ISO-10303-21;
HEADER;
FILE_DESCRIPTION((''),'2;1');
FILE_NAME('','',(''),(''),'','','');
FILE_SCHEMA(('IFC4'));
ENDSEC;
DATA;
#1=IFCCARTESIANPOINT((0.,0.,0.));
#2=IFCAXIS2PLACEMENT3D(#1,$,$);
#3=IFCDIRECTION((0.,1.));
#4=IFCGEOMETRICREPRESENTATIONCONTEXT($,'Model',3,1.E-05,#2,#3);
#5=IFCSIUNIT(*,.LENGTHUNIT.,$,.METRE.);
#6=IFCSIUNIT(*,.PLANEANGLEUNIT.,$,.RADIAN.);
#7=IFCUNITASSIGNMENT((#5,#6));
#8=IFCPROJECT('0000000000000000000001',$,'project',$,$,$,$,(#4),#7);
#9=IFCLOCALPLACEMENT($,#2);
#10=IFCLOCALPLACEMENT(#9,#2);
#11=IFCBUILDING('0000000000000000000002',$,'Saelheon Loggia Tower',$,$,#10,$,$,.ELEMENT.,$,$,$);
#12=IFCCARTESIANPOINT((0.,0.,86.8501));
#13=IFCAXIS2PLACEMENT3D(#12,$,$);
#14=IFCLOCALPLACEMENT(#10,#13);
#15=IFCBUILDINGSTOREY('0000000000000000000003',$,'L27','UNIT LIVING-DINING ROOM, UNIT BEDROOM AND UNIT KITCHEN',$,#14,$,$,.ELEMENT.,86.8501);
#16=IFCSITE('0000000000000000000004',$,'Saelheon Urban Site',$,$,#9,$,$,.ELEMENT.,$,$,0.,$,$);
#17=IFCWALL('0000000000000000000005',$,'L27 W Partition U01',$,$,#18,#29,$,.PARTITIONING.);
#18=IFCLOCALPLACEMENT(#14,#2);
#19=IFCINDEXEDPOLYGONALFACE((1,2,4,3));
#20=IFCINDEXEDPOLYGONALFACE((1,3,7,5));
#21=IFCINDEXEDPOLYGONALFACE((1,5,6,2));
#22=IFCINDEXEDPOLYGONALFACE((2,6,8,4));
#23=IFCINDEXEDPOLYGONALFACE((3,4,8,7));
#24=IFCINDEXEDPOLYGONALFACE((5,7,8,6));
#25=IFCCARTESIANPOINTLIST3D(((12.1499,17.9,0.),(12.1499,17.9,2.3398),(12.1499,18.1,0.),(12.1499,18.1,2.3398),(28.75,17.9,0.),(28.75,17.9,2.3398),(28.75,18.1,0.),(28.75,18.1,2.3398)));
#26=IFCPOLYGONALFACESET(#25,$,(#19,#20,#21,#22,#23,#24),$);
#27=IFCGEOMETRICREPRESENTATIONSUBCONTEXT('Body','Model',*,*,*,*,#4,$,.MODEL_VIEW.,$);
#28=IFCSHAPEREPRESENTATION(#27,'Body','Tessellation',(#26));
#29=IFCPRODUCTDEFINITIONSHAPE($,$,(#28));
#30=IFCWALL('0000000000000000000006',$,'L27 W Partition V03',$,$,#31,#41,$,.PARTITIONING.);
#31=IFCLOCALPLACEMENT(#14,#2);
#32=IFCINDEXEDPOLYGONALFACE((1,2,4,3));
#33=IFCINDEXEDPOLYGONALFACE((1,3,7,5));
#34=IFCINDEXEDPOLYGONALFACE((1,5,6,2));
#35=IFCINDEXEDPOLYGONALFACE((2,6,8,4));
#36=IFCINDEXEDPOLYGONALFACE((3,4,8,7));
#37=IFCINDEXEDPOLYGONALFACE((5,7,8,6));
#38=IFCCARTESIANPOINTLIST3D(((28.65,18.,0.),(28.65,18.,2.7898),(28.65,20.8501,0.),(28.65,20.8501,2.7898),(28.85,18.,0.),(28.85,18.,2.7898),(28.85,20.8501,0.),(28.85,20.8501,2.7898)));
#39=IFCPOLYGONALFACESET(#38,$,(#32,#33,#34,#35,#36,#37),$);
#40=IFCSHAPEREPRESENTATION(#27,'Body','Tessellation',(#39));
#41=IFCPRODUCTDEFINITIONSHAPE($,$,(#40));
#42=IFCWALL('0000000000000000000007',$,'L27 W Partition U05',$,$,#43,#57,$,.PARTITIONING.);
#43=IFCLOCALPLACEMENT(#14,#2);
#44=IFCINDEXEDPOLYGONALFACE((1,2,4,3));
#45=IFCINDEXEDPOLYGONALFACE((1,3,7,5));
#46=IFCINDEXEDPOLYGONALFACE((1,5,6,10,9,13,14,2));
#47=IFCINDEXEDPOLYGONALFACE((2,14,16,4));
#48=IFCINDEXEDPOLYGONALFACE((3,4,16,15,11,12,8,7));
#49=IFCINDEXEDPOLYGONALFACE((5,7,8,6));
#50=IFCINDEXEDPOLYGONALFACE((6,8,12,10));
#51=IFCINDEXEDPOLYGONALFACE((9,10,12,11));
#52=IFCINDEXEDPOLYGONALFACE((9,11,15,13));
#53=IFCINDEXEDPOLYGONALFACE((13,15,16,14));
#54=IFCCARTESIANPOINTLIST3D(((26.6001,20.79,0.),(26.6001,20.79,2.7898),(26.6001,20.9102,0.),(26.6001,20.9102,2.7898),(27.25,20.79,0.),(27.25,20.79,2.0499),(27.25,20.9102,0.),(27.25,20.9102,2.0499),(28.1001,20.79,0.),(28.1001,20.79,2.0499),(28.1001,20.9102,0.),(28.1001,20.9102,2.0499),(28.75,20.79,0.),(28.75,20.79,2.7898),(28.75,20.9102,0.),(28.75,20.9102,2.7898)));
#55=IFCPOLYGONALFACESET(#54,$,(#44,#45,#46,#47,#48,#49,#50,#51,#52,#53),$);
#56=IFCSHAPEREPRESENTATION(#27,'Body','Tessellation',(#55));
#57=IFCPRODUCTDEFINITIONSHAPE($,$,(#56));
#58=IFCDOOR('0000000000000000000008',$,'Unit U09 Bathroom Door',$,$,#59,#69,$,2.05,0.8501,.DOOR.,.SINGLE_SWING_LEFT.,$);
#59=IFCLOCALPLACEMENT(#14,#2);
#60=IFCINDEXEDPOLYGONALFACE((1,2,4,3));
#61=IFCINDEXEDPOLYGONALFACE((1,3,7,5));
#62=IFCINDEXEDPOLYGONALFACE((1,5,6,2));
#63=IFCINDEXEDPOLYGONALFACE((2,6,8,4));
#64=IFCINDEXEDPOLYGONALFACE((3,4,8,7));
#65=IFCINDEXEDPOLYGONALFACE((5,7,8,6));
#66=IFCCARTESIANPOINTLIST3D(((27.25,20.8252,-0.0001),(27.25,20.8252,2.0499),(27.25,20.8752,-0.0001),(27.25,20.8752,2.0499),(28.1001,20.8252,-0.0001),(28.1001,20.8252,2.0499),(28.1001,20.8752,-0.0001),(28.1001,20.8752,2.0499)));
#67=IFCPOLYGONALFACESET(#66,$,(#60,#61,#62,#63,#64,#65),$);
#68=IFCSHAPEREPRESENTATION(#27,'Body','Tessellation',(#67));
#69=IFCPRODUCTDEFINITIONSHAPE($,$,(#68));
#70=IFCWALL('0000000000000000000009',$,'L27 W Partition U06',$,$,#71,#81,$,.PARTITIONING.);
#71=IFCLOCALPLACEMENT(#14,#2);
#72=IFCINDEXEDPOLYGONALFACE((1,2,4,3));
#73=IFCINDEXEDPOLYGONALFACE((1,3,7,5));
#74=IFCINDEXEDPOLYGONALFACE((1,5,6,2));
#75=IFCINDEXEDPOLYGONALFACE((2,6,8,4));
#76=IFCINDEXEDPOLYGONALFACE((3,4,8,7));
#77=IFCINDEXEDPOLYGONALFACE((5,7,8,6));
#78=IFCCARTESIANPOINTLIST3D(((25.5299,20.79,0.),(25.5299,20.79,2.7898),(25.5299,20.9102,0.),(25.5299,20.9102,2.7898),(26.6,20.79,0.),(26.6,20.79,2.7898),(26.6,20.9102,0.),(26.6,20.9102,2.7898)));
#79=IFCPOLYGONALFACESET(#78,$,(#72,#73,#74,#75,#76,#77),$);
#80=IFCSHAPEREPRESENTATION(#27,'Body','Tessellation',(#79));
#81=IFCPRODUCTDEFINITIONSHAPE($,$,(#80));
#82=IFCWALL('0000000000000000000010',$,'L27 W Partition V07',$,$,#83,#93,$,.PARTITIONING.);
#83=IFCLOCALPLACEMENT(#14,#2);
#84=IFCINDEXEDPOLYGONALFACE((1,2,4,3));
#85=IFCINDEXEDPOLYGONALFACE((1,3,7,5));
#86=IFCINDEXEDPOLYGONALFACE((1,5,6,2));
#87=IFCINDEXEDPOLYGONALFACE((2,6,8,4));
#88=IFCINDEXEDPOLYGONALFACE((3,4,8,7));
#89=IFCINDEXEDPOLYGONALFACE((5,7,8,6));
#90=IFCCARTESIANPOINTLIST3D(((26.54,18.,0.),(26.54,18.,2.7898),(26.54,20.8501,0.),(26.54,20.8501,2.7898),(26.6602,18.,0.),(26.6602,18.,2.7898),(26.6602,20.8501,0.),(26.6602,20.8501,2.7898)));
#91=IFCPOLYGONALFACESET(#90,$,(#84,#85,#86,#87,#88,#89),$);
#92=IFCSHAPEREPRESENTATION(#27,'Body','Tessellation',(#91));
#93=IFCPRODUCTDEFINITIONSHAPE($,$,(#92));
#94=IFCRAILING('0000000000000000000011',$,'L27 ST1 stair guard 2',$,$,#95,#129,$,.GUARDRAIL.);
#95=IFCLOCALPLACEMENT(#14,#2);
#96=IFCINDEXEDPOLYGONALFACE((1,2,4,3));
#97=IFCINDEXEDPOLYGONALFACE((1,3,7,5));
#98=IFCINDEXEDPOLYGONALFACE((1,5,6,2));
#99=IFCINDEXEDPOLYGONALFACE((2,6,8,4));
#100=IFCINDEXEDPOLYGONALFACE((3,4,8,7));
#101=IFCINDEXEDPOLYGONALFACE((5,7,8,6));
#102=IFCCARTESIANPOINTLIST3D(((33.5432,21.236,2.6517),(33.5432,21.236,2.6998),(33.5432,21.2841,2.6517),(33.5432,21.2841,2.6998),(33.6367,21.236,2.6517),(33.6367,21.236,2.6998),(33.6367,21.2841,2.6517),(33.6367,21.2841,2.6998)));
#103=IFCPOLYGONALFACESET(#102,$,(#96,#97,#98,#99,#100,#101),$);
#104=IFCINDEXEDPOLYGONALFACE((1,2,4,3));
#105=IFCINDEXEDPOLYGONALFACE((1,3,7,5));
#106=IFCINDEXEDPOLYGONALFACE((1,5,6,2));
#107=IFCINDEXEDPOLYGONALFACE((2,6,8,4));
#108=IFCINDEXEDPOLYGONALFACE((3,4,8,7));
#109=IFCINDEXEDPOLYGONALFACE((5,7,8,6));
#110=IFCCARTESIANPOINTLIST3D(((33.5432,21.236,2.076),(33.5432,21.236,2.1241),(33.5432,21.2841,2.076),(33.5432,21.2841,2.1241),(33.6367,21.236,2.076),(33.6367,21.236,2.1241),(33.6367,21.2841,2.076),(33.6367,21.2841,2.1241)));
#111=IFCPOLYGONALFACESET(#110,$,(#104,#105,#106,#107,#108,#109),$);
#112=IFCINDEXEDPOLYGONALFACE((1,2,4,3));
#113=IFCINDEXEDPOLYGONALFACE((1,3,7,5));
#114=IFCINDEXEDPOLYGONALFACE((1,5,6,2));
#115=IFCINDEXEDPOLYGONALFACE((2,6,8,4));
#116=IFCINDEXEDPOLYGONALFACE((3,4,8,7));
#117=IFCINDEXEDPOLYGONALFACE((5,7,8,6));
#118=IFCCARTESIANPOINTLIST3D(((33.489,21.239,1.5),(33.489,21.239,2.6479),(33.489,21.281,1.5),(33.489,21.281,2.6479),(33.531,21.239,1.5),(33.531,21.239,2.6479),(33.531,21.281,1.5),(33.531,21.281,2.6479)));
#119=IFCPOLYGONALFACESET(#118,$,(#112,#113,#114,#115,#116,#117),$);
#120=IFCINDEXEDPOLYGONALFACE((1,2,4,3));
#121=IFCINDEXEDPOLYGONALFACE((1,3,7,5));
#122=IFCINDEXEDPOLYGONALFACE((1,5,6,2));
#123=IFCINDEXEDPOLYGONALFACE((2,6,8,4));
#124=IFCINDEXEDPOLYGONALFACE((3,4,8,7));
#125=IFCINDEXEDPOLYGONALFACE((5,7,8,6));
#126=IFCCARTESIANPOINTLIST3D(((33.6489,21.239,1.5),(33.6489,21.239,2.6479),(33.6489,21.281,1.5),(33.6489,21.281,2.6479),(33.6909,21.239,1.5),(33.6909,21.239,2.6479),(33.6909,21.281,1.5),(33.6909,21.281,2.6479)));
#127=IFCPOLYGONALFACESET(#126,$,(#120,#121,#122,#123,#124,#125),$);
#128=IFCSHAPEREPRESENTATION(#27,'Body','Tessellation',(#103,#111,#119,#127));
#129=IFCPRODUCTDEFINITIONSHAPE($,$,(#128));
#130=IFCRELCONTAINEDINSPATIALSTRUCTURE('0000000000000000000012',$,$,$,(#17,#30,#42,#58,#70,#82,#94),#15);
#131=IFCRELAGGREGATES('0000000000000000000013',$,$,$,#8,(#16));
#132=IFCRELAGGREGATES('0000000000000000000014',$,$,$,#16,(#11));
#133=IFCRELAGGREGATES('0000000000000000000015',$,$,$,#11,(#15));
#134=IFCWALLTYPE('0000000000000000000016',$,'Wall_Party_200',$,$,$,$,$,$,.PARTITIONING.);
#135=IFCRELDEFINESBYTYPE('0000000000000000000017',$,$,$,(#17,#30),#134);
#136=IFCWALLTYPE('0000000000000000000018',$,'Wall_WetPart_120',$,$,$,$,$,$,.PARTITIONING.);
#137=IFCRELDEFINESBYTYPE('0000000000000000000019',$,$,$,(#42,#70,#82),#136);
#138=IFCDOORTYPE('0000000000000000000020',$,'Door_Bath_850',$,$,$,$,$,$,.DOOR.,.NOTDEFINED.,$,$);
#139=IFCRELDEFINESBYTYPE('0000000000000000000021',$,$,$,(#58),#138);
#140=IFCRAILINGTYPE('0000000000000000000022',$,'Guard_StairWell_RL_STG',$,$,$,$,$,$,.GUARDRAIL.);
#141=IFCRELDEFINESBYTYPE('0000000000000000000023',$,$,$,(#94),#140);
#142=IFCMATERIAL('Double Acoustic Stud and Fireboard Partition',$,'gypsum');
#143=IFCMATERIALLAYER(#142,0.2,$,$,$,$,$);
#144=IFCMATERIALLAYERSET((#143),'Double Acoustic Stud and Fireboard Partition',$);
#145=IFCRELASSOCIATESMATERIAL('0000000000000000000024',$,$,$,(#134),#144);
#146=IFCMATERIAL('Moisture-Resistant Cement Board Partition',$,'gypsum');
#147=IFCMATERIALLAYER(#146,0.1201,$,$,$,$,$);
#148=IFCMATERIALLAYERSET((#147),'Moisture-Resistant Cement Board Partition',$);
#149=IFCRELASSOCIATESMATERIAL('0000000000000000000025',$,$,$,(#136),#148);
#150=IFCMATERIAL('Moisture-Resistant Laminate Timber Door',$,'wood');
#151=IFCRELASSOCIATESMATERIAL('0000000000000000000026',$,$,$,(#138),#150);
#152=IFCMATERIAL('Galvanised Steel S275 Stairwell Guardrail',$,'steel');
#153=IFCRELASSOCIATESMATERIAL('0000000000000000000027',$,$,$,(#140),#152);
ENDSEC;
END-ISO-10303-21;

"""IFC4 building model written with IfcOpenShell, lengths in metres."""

from ifc_helpers import new_model, si_unit, direction, frame, frame_2d, origin, origin_2d, place, context, subcontext, project, spatial, rectangle, extrude, source, transform, mapped, material, layer, layer_set, type_object, element, fill, save


model = new_model("IFC4")

# Units and contexts
model_context = context("Model", 3, precision=1e-05, world=origin(), true_north=direction((0.0, 1.0)))
body_context = subcontext(model_context, "Body", "Model", "MODEL_VIEW")
ifc_project = project(units=[si_unit("LENGTHUNIT", "METRE"), si_unit("PLANEANGLEUNIT", "RADIAN")], contexts=[model_context])

# Site, building, storey
site_placement = place(None, origin())
site = spatial("IfcSite", under=ifc_project, at=site_placement, Name="Saelheon Urban Site", CompositionType="ELEMENT", RefElevation=0.0)
building_placement = place(site_placement, origin())
building = spatial("IfcBuilding", under=site, at=building_placement, Name="Saelheon Loggia Tower", CompositionType="ELEMENT")
storey_placement = place(building_placement, frame((0.0, 0.0, 86.8501)))
storey = spatial("IfcBuildingStorey", under=building, at=storey_placement, Name="L27", Description="UNIT LIVING-DINING ROOM, UNIT BEDROOM AND UNIT KITCHEN", CompositionType="ELEMENT", Elevation=86.8501)

# Walls
ifc_material_1 = material(Name="Double Acoustic Stud and Fireboard Partition", Category="gypsum")
ifc_layer_1 = layer(ifc_material_1, 0.2)
ifc_layer_set_1 = layer_set([ifc_layer_1], Name="Double Acoustic Stud and Fireboard Partition")
wall_type_1 = type_object("IfcWallType", Name="Wall_Party_200", PredefinedType="PARTITIONING", material=ifc_layer_set_1)
wall_1_placement = place(storey_placement, frame((28.75, 18.0, 0.0), z_axis=(0.0, 0.0, 1.0), x_axis=(-1.0, 0.0, 0.0)))
element("IfcWall", 1, at=wall_1_placement, inside=storey, type_object=wall_type_1, Name="L27 W Partition U01", PredefinedType="PARTITIONING", context=body_context, shape_type="SweptSolid", body=[
    extrude(rectangle(XDim=16.6001, YDim=0.2, at=frame_2d((8.3, 0.0))), origin(), (0.0, 0.0, 1.0), 2.3398),
])
wall_2_placement = place(storey_placement, frame((28.75, 18.0, 0.0), z_axis=(0.0, 0.0, 1.0), x_axis=(0.0, 1.0, 0.0)))
element("IfcWall", 2, at=wall_2_placement, inside=storey, type_object=wall_type_1, Name="L27 W Partition V03", PredefinedType="PARTITIONING", context=body_context, shape_type="SweptSolid", body=[
    extrude(rectangle(XDim=2.8501, YDim=0.2, at=frame_2d((1.425, 0.0))), origin(), (0.0, 0.0, 1.0), 2.7898),
])

# Wall, opening, door
ifc_material_2 = material(Name="Moisture-Resistant Cement Board Partition", Category="gypsum")
ifc_layer_2 = layer(ifc_material_2, 0.1201)
ifc_layer_set_2 = layer_set([ifc_layer_2], Name="Moisture-Resistant Cement Board Partition")
wall_type_2 = type_object("IfcWallType", Name="Wall_WetPart_120", PredefinedType="PARTITIONING", material=ifc_layer_set_2)
wall_3_placement = place(storey_placement, frame((28.75, 20.8501, 0.0), z_axis=(0.0, 0.0, 1.0), x_axis=(-1.0, 0.0, 0.0)))
wall_3 = element("IfcWall", 3, at=wall_3_placement, inside=storey, type_object=wall_type_2, Name="L27 W Partition U05", PredefinedType="PARTITIONING", context=body_context, shape_type="SweptSolid", body=[
    extrude(rectangle(XDim=2.1499, YDim=0.1201, at=frame_2d((1.075, 0.0))), origin(), (0.0, 0.0, 1.0), 2.7898),
])
opening_1_placement = place(wall_3_placement, frame((0.6499, 0.0, 0.0)))
opening_1 = element("IfcOpeningElement", 4, at=opening_1_placement, cuts=wall_3, PredefinedType="OPENING", context=body_context, shape_type="SweptSolid", body=[
    extrude(rectangle(XDim=0.8501, YDim=2.05, at=frame_2d((0.425, 1.0249))), frame((0.0, 0.072, 0.0), z_axis=(0.0, -1.0, 0.0), x_axis=(1.0, 0.0, 0.0)), (0.0, 0.0, 1.0), 0.144),
])
ifc_material_3 = material(Name="Moisture-Resistant Laminate Timber Door", Category="wood")
door_type_1 = type_object("IfcDoorType", Name="Door_Bath_850", OperationType="NOTDEFINED", PredefinedType="DOOR", material=ifc_material_3)
shared_shape_1 = source(origin(), body_context, "Body", "SweptSolid", [
    extrude(rectangle(XDim=0.8501, YDim=2.05, at=frame_2d((0.425, 1.0249))), frame((0.0, 0.0249, 0.0), z_axis=(0.0, -1.0, 0.0), x_axis=(1.0, 0.0, 0.0)), (0.0, 0.0, 1.0), 0.05),
])
door_1_placement = place(opening_1_placement, origin())
door_1 = element("IfcDoor", 5, at=door_1_placement, inside=storey, type_object=door_type_1, Name="Unit U09 Bathroom Door", OperationType="SINGLE_SWING_LEFT", OverallHeight=2.05, OverallWidth=0.8501, PredefinedType="DOOR", context=body_context, shape_type="MappedRepresentation", body=[
    mapped(shared_shape_1, transform((0.0, 0.0, 0.0), scale=1.0)),
])
fill(opening_1, door_1)

# Walls
wall_4_placement = place(storey_placement, frame((26.6001, 20.8501, 0.0), z_axis=(0.0, 0.0, 1.0), x_axis=(-1.0, 0.0, 0.0)))
element("IfcWall", 6, at=wall_4_placement, inside=storey, type_object=wall_type_2, Name="L27 W Partition U06", PredefinedType="PARTITIONING", context=body_context, shape_type="SweptSolid", body=[
    extrude(rectangle(XDim=1.0701, YDim=0.1201, at=frame_2d((0.5352, 0.0))), origin(), (0.0, 0.0, 1.0), 2.7898),
])
wall_5_placement = place(storey_placement, frame((26.6001, 18.0, 0.0), z_axis=(0.0, 0.0, 1.0), x_axis=(0.0, 1.0, 0.0)))
element("IfcWall", 7, at=wall_5_placement, inside=storey, type_object=wall_type_2, Name="L27 W Partition V07", PredefinedType="PARTITIONING", context=body_context, shape_type="SweptSolid", body=[
    extrude(rectangle(XDim=2.8501, YDim=0.1201, at=frame_2d((1.425, 0.0))), origin(), (0.0, 0.0, 1.0), 2.7898),
])

# Railing
ifc_material_4 = material(Name="Galvanised Steel S275 Stairwell Guardrail", Category="steel")
railing_type = type_object("IfcRailingType", Name="Guard_StairWell_RL_STG", PredefinedType="GUARDRAIL", material=ifc_material_4)
railing_1_placement = place(storey_placement, frame((33.51, 21.26, 1.5)))
element("IfcRailing", 8, at=railing_1_placement, inside=storey, type_object=railing_type, Name="L27 ST1 stair guard 2", PredefinedType="GUARDRAIL", context=body_context, shape_type="SweptSolid", body=[
    extrude(rectangle(XDim=0.0481, YDim=0.0481, at=origin_2d()), frame((0.0332, 0.0, 1.1758), z_axis=(1.0, 0.0, 0.0), x_axis=(0.0, 1.0, 0.0)), (0.0, 0.0, 1.0), 0.0935),
    extrude(rectangle(XDim=0.0481, YDim=0.0481, at=origin_2d()), frame((0.0332, 0.0, 0.6001), z_axis=(1.0, 0.0, 0.0), x_axis=(0.0, 1.0, 0.0)), (0.0, 0.0, 1.0), 0.0935),
    extrude(rectangle(XDim=0.042, YDim=0.042, at=origin_2d()), origin(), (0.0, 0.0, 1.0), 1.1479),
    extrude(rectangle(XDim=0.042, YDim=0.042, at=origin_2d()), frame((0.1599, 0.0, 0.0)), (0.0, 0.0, 1.0), 1.1479),
])

save(model, "model.ifc")
